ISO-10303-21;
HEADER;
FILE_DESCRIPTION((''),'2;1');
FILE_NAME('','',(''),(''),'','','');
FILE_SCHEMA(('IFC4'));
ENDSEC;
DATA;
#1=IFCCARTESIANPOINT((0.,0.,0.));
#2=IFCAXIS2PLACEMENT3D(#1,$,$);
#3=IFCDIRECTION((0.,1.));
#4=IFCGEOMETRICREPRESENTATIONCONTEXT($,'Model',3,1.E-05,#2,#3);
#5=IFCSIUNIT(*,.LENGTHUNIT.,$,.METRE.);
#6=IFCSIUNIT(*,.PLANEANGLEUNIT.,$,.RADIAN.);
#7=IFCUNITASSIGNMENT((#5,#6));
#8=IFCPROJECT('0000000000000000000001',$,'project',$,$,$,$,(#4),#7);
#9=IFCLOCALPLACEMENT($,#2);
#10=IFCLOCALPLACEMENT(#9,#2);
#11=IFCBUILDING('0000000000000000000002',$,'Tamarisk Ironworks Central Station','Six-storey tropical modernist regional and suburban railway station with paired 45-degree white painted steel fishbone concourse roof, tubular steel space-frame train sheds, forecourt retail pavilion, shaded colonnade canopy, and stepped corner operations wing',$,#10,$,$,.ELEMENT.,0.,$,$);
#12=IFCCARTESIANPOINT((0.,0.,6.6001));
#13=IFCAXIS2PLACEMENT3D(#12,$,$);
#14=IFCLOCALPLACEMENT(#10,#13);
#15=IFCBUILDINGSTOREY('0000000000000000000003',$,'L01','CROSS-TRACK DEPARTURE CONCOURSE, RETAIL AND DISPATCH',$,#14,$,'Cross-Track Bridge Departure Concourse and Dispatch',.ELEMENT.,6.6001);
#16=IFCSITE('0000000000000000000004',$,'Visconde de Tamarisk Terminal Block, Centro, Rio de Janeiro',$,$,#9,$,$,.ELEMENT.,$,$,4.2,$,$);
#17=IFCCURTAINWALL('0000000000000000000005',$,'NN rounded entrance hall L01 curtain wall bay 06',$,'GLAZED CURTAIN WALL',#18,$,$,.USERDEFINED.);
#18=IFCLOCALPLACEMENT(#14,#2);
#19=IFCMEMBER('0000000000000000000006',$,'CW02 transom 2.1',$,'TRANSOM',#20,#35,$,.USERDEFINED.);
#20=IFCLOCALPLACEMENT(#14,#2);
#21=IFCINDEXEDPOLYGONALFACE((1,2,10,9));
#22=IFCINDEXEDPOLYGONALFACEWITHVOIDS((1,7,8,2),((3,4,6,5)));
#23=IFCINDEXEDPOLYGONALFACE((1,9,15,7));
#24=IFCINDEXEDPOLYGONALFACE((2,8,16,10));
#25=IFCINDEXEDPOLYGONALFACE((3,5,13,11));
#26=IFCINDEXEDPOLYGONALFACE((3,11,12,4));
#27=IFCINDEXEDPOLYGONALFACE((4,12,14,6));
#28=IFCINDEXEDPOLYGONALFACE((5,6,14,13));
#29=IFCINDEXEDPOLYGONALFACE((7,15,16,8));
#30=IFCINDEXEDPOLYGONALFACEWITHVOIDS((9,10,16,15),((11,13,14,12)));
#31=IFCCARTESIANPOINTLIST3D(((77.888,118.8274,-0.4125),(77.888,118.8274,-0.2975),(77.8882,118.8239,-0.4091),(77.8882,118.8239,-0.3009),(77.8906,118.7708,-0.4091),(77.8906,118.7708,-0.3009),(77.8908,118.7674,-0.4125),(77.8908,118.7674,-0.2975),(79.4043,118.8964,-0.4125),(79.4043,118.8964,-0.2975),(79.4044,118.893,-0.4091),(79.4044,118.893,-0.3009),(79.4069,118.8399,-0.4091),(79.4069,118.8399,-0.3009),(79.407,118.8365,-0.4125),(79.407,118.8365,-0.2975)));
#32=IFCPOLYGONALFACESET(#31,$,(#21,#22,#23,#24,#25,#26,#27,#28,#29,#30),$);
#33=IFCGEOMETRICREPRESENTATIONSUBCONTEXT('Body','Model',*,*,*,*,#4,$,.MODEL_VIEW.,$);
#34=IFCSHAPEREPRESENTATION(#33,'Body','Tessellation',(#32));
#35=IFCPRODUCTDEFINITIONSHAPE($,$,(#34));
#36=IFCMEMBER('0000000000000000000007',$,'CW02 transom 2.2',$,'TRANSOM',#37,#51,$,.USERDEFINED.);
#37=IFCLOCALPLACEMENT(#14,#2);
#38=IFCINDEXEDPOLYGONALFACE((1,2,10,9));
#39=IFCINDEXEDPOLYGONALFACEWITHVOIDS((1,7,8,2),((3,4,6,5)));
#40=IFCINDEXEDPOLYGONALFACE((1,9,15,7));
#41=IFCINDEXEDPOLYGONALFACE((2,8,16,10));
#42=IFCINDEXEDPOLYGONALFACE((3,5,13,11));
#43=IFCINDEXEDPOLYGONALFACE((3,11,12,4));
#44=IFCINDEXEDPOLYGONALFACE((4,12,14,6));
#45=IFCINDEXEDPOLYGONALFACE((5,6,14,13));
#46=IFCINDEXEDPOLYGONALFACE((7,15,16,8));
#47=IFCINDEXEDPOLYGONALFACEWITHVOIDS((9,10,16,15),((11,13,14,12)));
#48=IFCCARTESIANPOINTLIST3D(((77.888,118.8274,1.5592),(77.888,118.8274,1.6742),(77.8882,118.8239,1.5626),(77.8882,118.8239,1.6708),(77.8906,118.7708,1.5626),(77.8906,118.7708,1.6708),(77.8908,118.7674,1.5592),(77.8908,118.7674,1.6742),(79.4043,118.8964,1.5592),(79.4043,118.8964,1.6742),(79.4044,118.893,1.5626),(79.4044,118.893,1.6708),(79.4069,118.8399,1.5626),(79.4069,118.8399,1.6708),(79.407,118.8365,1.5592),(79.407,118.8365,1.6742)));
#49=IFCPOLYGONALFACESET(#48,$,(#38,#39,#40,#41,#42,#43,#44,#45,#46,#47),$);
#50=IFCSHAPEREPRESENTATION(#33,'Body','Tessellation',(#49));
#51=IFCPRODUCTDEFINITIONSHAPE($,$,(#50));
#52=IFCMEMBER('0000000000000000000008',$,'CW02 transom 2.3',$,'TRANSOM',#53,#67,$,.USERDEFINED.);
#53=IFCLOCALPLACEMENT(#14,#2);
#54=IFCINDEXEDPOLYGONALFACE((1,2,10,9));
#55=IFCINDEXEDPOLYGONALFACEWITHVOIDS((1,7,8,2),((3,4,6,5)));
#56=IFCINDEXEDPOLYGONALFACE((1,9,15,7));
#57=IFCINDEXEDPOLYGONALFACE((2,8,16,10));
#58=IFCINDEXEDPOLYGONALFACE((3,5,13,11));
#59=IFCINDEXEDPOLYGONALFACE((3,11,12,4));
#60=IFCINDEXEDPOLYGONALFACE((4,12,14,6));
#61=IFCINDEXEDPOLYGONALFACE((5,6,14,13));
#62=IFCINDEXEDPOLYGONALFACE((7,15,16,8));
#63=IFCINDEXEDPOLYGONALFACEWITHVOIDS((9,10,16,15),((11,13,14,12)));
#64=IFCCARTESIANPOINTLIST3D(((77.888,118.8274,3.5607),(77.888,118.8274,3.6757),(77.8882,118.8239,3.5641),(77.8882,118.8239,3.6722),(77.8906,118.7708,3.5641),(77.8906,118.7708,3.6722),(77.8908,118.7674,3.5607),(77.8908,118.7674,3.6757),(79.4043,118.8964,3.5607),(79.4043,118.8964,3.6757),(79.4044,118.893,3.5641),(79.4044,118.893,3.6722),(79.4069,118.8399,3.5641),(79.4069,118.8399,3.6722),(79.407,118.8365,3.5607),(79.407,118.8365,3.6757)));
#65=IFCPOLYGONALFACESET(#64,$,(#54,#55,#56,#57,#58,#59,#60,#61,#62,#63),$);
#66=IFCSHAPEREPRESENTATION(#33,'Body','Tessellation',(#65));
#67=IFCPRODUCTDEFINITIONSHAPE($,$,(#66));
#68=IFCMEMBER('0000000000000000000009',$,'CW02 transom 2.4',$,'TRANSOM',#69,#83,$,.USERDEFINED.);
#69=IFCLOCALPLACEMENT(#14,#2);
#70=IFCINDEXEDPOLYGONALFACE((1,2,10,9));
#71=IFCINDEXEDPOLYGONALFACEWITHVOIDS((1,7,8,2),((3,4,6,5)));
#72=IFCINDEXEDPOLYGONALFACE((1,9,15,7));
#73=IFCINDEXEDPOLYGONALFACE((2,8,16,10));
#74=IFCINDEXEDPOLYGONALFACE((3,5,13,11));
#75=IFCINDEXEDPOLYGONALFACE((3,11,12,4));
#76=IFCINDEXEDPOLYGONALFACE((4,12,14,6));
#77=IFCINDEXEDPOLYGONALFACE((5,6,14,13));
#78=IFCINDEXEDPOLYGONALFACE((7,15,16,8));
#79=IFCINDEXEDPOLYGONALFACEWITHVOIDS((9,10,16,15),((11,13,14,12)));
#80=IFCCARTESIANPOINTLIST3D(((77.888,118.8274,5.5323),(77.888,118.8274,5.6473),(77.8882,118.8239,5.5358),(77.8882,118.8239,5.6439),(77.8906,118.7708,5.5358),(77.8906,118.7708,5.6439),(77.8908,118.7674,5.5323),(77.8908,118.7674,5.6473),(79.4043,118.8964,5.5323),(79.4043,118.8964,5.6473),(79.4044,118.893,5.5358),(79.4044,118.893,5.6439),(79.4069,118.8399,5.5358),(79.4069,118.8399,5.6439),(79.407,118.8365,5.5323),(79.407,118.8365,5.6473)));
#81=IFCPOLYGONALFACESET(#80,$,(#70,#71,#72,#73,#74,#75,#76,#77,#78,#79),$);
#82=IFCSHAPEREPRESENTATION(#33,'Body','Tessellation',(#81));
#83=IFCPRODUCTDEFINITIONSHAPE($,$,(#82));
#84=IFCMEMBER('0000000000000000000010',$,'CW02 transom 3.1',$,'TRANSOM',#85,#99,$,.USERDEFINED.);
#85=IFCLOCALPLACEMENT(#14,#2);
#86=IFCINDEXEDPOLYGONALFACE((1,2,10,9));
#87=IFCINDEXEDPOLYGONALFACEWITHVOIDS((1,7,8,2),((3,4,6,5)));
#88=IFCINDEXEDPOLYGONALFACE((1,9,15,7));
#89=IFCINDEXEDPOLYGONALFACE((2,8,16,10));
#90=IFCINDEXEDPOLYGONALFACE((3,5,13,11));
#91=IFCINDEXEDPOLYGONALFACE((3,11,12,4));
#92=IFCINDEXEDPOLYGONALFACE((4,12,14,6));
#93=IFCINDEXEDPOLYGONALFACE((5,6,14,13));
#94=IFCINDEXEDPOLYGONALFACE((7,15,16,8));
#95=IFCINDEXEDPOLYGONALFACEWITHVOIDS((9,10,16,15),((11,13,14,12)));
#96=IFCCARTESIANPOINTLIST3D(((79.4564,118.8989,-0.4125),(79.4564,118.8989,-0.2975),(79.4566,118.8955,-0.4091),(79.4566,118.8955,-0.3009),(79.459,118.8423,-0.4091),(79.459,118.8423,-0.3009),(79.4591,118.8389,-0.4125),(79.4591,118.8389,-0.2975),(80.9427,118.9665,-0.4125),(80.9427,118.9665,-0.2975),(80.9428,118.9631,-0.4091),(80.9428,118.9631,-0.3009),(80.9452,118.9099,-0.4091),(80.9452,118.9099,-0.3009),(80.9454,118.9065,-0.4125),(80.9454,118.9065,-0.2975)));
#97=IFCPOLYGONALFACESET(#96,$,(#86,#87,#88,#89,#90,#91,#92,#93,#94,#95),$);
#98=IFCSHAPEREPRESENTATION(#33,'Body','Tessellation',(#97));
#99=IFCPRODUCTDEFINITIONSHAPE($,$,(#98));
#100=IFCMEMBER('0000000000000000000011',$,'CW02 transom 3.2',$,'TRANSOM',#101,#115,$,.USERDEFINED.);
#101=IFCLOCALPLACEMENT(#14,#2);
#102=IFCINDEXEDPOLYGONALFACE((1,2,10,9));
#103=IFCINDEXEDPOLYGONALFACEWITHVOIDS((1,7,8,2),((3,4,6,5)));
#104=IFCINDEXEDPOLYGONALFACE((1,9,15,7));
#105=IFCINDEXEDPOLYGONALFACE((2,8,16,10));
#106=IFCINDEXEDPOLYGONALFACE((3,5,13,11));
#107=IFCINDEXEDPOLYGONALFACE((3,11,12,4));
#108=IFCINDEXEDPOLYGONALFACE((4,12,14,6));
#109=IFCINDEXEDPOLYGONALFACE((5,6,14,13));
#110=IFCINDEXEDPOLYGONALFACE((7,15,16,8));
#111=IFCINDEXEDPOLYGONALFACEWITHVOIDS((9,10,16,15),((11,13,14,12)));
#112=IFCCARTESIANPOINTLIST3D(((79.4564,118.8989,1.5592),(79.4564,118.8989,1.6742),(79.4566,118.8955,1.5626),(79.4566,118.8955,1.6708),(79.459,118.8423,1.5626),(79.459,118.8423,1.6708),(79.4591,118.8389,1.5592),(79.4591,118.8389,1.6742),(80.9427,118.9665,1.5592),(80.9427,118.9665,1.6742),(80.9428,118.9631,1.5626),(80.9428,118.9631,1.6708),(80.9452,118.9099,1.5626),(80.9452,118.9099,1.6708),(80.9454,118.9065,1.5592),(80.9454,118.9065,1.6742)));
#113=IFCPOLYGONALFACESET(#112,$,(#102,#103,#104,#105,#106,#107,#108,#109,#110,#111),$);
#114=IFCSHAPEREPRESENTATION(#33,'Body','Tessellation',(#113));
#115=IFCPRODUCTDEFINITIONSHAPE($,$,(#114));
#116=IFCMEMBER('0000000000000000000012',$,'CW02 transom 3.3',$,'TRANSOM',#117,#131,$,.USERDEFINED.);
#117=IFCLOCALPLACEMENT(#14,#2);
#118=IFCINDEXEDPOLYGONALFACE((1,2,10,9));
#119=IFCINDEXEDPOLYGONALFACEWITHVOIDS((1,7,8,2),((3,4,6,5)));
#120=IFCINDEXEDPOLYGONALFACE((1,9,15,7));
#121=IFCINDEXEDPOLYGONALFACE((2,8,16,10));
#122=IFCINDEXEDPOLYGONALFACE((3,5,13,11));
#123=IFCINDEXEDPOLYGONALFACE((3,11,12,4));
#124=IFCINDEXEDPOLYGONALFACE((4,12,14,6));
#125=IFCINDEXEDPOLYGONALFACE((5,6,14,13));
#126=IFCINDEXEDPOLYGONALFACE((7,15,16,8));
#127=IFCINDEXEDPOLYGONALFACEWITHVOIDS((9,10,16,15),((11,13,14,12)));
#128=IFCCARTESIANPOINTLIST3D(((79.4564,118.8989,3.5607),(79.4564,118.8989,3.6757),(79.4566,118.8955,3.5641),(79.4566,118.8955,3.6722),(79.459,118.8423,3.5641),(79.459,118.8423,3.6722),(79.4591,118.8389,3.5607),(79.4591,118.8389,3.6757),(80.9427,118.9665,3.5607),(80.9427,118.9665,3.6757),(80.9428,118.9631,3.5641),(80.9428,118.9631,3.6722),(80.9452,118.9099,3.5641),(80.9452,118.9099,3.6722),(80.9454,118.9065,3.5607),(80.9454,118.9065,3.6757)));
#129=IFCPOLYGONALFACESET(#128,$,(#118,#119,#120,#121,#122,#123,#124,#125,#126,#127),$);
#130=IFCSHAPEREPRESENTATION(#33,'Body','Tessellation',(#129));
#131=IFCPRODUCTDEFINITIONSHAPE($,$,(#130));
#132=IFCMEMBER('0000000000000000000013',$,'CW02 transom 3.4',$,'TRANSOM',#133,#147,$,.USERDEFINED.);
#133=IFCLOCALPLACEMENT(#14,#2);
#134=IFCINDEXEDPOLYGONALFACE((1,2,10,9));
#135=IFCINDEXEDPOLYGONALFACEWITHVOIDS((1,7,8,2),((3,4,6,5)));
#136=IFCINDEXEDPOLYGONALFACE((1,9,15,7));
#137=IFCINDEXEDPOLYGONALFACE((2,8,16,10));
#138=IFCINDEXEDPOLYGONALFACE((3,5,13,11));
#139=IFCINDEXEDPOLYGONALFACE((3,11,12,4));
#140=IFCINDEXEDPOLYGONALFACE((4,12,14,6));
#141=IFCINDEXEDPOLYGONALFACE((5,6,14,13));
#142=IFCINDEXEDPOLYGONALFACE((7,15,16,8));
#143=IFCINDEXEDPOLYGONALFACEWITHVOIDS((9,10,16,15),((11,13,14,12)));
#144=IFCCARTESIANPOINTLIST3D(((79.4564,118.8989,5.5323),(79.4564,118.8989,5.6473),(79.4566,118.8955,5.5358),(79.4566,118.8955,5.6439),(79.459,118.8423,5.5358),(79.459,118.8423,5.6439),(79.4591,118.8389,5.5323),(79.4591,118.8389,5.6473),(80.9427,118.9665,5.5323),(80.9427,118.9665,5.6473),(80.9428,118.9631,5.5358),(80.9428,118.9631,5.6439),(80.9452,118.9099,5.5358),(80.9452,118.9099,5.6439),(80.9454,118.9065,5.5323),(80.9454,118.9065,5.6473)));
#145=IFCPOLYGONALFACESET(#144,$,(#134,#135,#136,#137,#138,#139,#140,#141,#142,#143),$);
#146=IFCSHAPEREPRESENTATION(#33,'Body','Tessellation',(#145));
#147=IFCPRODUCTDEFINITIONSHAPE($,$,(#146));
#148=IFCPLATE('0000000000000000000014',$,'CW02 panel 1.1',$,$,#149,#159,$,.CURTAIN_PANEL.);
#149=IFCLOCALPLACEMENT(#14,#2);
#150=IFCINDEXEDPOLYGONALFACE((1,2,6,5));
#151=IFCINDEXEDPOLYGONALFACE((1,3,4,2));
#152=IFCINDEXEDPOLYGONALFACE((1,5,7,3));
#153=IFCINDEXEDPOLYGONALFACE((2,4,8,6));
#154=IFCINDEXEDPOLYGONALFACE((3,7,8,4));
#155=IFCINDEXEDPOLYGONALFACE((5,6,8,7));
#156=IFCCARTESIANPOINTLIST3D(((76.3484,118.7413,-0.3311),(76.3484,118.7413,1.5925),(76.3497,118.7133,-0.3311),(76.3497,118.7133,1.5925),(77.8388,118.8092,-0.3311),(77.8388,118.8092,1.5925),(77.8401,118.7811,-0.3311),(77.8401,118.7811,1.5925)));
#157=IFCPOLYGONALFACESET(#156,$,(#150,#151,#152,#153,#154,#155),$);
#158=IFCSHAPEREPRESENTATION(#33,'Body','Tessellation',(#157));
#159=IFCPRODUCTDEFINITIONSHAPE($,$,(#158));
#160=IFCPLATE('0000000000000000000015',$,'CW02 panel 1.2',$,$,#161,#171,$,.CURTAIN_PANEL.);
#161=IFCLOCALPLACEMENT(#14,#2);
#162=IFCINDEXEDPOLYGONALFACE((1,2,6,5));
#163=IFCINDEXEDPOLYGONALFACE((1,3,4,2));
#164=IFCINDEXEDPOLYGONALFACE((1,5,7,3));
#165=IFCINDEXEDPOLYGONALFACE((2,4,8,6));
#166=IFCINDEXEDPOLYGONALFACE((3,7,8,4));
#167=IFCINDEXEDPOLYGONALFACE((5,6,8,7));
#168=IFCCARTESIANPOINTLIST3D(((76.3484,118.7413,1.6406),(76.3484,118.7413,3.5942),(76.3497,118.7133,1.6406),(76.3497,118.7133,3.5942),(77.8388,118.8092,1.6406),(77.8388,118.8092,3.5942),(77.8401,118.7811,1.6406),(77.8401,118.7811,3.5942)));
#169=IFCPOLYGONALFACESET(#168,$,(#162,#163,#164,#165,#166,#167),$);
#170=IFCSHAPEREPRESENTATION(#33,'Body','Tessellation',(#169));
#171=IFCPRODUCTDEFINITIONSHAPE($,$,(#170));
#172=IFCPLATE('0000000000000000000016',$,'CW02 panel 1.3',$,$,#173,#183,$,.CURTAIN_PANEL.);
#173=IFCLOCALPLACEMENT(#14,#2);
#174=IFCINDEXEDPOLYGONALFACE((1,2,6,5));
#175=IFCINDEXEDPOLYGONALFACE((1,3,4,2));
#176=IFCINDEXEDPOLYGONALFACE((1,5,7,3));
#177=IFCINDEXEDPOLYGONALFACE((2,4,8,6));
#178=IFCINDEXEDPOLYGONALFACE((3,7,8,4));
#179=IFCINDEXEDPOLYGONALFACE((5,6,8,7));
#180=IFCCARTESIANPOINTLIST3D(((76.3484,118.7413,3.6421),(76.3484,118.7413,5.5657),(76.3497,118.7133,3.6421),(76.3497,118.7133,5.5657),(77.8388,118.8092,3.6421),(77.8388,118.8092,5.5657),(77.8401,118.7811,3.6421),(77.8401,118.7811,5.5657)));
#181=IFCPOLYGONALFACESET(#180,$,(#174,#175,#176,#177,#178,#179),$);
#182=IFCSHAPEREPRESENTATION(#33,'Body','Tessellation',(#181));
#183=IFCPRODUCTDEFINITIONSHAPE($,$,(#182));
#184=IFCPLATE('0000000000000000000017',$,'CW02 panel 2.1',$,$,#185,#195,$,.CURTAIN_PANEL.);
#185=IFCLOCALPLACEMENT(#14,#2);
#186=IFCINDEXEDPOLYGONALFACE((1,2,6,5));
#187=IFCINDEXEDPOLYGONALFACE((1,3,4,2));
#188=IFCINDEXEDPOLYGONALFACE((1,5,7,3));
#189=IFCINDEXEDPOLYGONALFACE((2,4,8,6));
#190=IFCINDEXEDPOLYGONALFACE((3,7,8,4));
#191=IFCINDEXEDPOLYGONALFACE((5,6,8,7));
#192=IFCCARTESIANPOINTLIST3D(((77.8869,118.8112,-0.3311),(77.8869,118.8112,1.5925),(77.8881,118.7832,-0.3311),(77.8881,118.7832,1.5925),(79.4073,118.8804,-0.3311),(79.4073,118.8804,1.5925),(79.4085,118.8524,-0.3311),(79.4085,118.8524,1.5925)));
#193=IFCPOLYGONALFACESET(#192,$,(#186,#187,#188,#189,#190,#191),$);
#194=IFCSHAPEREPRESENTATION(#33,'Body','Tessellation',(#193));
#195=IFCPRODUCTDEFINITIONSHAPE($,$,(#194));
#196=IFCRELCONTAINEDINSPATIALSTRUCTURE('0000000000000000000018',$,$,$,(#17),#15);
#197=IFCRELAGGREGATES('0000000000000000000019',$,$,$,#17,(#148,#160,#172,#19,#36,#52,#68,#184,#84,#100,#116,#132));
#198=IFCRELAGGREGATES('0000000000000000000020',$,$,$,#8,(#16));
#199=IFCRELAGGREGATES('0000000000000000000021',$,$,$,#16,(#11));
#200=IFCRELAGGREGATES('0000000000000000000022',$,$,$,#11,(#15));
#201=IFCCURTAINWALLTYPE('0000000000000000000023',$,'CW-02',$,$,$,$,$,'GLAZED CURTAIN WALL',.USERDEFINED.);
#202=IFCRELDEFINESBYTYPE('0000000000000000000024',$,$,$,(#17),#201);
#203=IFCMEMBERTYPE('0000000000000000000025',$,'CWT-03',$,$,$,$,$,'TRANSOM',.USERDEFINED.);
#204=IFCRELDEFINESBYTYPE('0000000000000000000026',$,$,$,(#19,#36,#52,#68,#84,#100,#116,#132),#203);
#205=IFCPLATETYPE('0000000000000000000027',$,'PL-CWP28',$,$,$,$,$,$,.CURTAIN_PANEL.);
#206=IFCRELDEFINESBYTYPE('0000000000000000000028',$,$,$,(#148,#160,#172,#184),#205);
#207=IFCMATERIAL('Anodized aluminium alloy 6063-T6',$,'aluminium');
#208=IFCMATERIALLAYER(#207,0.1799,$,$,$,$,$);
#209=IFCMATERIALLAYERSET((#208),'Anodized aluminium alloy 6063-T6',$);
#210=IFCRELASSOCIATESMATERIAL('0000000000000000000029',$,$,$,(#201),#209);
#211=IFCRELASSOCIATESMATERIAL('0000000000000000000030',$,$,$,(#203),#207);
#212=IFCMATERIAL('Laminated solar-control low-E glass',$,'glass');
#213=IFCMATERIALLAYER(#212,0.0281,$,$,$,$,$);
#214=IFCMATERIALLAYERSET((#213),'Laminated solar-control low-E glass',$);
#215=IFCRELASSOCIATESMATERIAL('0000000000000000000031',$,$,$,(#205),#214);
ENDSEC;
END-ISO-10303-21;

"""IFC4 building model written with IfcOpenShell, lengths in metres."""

from ifc_helpers import new_model, si_unit, direction, frame, origin, origin_2d, place, context, subcontext, project, spatial, rectangle, hollow_rectangle, extrude, material, layer, layer_set, material_profile, profile_set, type_object, element, aggregate, save


model = new_model("IFC4")

# Units and contexts
model_context = context("Model", 3, precision=1e-05, world=origin(), true_north=direction((0.0, 1.0)))
body_context = subcontext(model_context, "Body", "Model", "MODEL_VIEW")
ifc_project = project(units=[si_unit("LENGTHUNIT", "METRE"), si_unit("PLANEANGLEUNIT", "RADIAN")], contexts=[model_context])

# Site, building, storey
site_placement = place(None, origin())
site = spatial("IfcSite", under=ifc_project, at=site_placement, Name="Visconde de Tamarisk Terminal Block, Centro, Rio de Janeiro", CompositionType="ELEMENT", RefElevation=4.2)
building_placement = place(site_placement, origin())
building = spatial("IfcBuilding", under=site, at=building_placement, Name="Tamarisk Ironworks Central Station", Description="Six-storey tropical modernist regional and suburban railway station with paired 45-degree white painted steel fishbone concourse roof, tubular steel space-frame train sheds, forecourt retail pavilion, shaded colonnade canopy, and stepped corner operations wing", CompositionType="ELEMENT", ElevationOfRefHeight=0.0)
storey_placement = place(building_placement, frame((0.0, 0.0, 6.6001)))
storey = spatial("IfcBuildingStorey", under=building, at=storey_placement, Name="L01", Description="CROSS-TRACK DEPARTURE CONCOURSE, RETAIL AND DISPATCH", LongName="Cross-Track Bridge Departure Concourse and Dispatch", CompositionType="ELEMENT", Elevation=6.6001)

# Curtain wall, members, plates
ifc_material_1 = material(Name="Anodized aluminium alloy 6063-T6", Category="aluminium")
ifc_layer_1 = layer(ifc_material_1, 0.1799)
ifc_layer_set_1 = layer_set([ifc_layer_1], Name="Anodized aluminium alloy 6063-T6")
curtain_wall_type = type_object("IfcCurtainWallType", Name="CW-02", ElementType="GLAZED CURTAIN WALL", PredefinedType="USERDEFINED", material=ifc_layer_set_1)
curtain_wall_placement = place(storey_placement, origin())
curtain_wall = element("IfcCurtainWall", 1, at=curtain_wall_placement, inside=storey, type_object=curtain_wall_type, Name="NN rounded entrance hall L01 curtain wall bay 06", ObjectType="GLAZED CURTAIN WALL", PredefinedType="USERDEFINED")
ifc_material_profile_1 = material_profile(ifc_material_1, hollow_rectangle(XDim=0.0601, YDim=0.115, WallThickness=0.0034, at=origin_2d()), Name="ALUM 115x60")
ifc_profile_set_1 = profile_set([ifc_material_profile_1], Name="Anodized aluminium alloy 6063-T6")
member_type_1 = type_object("IfcMemberType", Name="CWT-03", ElementType="TRANSOM", PredefinedType="USERDEFINED", material=ifc_profile_set_1)
member_1_placement = place(storey_placement, frame((77.8894, 118.7974, -0.355), z_axis=(0.998964, 0.045517, 0.0), x_axis=(-0.045517, 0.998964, 0.0)))
member_1 = element("IfcMember", 2, at=member_1_placement, type_object=member_type_1, Name="CW02 transom 2.1", ObjectType="TRANSOM", PredefinedType="USERDEFINED", context=body_context, shape_type="SweptSolid", body=[
    extrude(hollow_rectangle(XDim=0.0601, YDim=0.115, WallThickness=0.0034, at=origin_2d()), origin(), (0.0, 0.0, 1.0), 1.5178),
])
member_2_placement = place(storey_placement, frame((77.8894, 118.7974, 1.6167), z_axis=(0.998964, 0.045517, 0.0), x_axis=(-0.045517, 0.998964, 0.0)))
member_2 = element("IfcMember", 3, at=member_2_placement, type_object=member_type_1, Name="CW02 transom 2.2", ObjectType="TRANSOM", PredefinedType="USERDEFINED", context=body_context, shape_type="SweptSolid", body=[
    extrude(hollow_rectangle(XDim=0.0601, YDim=0.115, WallThickness=0.0034, at=origin_2d()), origin(), (0.0, 0.0, 1.0), 1.5178),
])
member_3_placement = place(storey_placement, frame((77.8894, 118.7974, 3.6182), z_axis=(0.998964, 0.045517, 0.0), x_axis=(-0.045517, 0.998964, 0.0)))
member_3 = element("IfcMember", 4, at=member_3_placement, type_object=member_type_1, Name="CW02 transom 2.3", ObjectType="TRANSOM", PredefinedType="USERDEFINED", context=body_context, shape_type="SweptSolid", body=[
    extrude(hollow_rectangle(XDim=0.0601, YDim=0.115, WallThickness=0.0034, at=origin_2d()), origin(), (0.0, 0.0, 1.0), 1.5178),
])
member_4_placement = place(storey_placement, frame((77.8894, 118.7974, 5.5898), z_axis=(0.998964, 0.045517, 0.0), x_axis=(-0.045517, 0.998964, 0.0)))
member_4 = element("IfcMember", 5, at=member_4_placement, type_object=member_type_1, Name="CW02 transom 2.4", ObjectType="TRANSOM", PredefinedType="USERDEFINED", context=body_context, shape_type="SweptSolid", body=[
    extrude(hollow_rectangle(XDim=0.0601, YDim=0.115, WallThickness=0.0034, at=origin_2d()), origin(), (0.0, 0.0, 1.0), 1.5178),
])
member_5_placement = place(storey_placement, frame((79.4578, 118.8689, -0.355), z_axis=(0.998967, 0.045452, 0.0), x_axis=(-0.045452, 0.998967, 0.0)))
member_5 = element("IfcMember", 6, at=member_5_placement, type_object=member_type_1, Name="CW02 transom 3.1", ObjectType="TRANSOM", PredefinedType="USERDEFINED", context=body_context, shape_type="SweptSolid", body=[
    extrude(hollow_rectangle(XDim=0.0601, YDim=0.115, WallThickness=0.0034, at=origin_2d()), origin(), (0.0, 0.0, 1.0), 1.4878),
])
member_6_placement = place(storey_placement, frame((79.4578, 118.8689, 1.6167), z_axis=(0.998967, 0.045452, 0.0), x_axis=(-0.045452, 0.998967, 0.0)))
member_6 = element("IfcMember", 7, at=member_6_placement, type_object=member_type_1, Name="CW02 transom 3.2", ObjectType="TRANSOM", PredefinedType="USERDEFINED", context=body_context, shape_type="SweptSolid", body=[
    extrude(hollow_rectangle(XDim=0.0601, YDim=0.115, WallThickness=0.0034, at=origin_2d()), origin(), (0.0, 0.0, 1.0), 1.4878),
])
member_7_placement = place(storey_placement, frame((79.4578, 118.8689, 3.6182), z_axis=(0.998967, 0.045452, 0.0), x_axis=(-0.045452, 0.998967, 0.0)))
member_7 = element("IfcMember", 8, at=member_7_placement, type_object=member_type_1, Name="CW02 transom 3.3", ObjectType="TRANSOM", PredefinedType="USERDEFINED", context=body_context, shape_type="SweptSolid", body=[
    extrude(hollow_rectangle(XDim=0.0601, YDim=0.115, WallThickness=0.0034, at=origin_2d()), origin(), (0.0, 0.0, 1.0), 1.4878),
])
member_8_placement = place(storey_placement, frame((79.4578, 118.8689, 5.5898), z_axis=(0.998967, 0.045452, 0.0), x_axis=(-0.045452, 0.998967, 0.0)))
member_8 = element("IfcMember", 9, at=member_8_placement, type_object=member_type_1, Name="CW02 transom 3.4", ObjectType="TRANSOM", PredefinedType="USERDEFINED", context=body_context, shape_type="SweptSolid", body=[
    extrude(hollow_rectangle(XDim=0.0601, YDim=0.115, WallThickness=0.0034, at=origin_2d()), origin(), (0.0, 0.0, 1.0), 1.4878),
])
ifc_material_2 = material(Name="Laminated solar-control low-E glass", Category="glass")
ifc_layer_2 = layer(ifc_material_2, 0.0281)
ifc_layer_set_2 = layer_set([ifc_layer_2], Name="Laminated solar-control low-E glass")
plate_type = type_object("IfcPlateType", Name="PL-CWP28", PredefinedType="CURTAIN_PANEL", material=ifc_layer_set_2)
plate_1_placement = place(storey_placement, frame((77.0942, 118.7612, -0.3311), z_axis=(0.0, 0.0, 1.0), x_axis=(0.998965, 0.045481, 0.0)))
plate_1 = element("IfcPlate", 10, at=plate_1_placement, type_object=plate_type, Name="CW02 panel 1.1", PredefinedType="CURTAIN_PANEL", context=body_context, shape_type="SweptSolid", body=[
    extrude(rectangle(XDim=1.4919, YDim=0.0281, at=origin_2d()), origin(), (0.0, 0.0, 1.0), 1.9236),
])
plate_2_placement = place(storey_placement, frame((77.0942, 118.7612, 1.6406), z_axis=(0.0, 0.0, 1.0), x_axis=(0.998965, 0.045481, 0.0)))
plate_2 = element("IfcPlate", 11, at=plate_2_placement, type_object=plate_type, Name="CW02 panel 1.2", PredefinedType="CURTAIN_PANEL", context=body_context, shape_type="SweptSolid", body=[
    extrude(rectangle(XDim=1.4919, YDim=0.0281, at=origin_2d()), origin(), (0.0, 0.0, 1.0), 1.9536),
])
plate_3_placement = place(storey_placement, frame((77.0942, 118.7612, 3.6421), z_axis=(0.0, 0.0, 1.0), x_axis=(0.998965, 0.045481, 0.0)))
plate_3 = element("IfcPlate", 12, at=plate_3_placement, type_object=plate_type, Name="CW02 panel 1.3", PredefinedType="CURTAIN_PANEL", context=body_context, shape_type="SweptSolid", body=[
    extrude(rectangle(XDim=1.4919, YDim=0.0281, at=origin_2d()), origin(), (0.0, 0.0, 1.0), 1.9236),
])
plate_4_placement = place(storey_placement, frame((78.6477, 118.8318, -0.3311), z_axis=(0.0, 0.0, 1.0), x_axis=(0.998965, 0.045481, 0.0)))
plate_4 = element("IfcPlate", 13, at=plate_4_placement, type_object=plate_type, Name="CW02 panel 2.1", PredefinedType="CURTAIN_PANEL", context=body_context, shape_type="SweptSolid", body=[
    extrude(rectangle(XDim=1.522, YDim=0.0281, at=origin_2d()), origin(), (0.0, 0.0, 1.0), 1.9236),
])
aggregate(curtain_wall, [plate_1, plate_2, plate_3, member_1, member_2, member_3, member_4, plate_4, member_5, member_6, member_7, member_8])

save(model, "model.ifc")
